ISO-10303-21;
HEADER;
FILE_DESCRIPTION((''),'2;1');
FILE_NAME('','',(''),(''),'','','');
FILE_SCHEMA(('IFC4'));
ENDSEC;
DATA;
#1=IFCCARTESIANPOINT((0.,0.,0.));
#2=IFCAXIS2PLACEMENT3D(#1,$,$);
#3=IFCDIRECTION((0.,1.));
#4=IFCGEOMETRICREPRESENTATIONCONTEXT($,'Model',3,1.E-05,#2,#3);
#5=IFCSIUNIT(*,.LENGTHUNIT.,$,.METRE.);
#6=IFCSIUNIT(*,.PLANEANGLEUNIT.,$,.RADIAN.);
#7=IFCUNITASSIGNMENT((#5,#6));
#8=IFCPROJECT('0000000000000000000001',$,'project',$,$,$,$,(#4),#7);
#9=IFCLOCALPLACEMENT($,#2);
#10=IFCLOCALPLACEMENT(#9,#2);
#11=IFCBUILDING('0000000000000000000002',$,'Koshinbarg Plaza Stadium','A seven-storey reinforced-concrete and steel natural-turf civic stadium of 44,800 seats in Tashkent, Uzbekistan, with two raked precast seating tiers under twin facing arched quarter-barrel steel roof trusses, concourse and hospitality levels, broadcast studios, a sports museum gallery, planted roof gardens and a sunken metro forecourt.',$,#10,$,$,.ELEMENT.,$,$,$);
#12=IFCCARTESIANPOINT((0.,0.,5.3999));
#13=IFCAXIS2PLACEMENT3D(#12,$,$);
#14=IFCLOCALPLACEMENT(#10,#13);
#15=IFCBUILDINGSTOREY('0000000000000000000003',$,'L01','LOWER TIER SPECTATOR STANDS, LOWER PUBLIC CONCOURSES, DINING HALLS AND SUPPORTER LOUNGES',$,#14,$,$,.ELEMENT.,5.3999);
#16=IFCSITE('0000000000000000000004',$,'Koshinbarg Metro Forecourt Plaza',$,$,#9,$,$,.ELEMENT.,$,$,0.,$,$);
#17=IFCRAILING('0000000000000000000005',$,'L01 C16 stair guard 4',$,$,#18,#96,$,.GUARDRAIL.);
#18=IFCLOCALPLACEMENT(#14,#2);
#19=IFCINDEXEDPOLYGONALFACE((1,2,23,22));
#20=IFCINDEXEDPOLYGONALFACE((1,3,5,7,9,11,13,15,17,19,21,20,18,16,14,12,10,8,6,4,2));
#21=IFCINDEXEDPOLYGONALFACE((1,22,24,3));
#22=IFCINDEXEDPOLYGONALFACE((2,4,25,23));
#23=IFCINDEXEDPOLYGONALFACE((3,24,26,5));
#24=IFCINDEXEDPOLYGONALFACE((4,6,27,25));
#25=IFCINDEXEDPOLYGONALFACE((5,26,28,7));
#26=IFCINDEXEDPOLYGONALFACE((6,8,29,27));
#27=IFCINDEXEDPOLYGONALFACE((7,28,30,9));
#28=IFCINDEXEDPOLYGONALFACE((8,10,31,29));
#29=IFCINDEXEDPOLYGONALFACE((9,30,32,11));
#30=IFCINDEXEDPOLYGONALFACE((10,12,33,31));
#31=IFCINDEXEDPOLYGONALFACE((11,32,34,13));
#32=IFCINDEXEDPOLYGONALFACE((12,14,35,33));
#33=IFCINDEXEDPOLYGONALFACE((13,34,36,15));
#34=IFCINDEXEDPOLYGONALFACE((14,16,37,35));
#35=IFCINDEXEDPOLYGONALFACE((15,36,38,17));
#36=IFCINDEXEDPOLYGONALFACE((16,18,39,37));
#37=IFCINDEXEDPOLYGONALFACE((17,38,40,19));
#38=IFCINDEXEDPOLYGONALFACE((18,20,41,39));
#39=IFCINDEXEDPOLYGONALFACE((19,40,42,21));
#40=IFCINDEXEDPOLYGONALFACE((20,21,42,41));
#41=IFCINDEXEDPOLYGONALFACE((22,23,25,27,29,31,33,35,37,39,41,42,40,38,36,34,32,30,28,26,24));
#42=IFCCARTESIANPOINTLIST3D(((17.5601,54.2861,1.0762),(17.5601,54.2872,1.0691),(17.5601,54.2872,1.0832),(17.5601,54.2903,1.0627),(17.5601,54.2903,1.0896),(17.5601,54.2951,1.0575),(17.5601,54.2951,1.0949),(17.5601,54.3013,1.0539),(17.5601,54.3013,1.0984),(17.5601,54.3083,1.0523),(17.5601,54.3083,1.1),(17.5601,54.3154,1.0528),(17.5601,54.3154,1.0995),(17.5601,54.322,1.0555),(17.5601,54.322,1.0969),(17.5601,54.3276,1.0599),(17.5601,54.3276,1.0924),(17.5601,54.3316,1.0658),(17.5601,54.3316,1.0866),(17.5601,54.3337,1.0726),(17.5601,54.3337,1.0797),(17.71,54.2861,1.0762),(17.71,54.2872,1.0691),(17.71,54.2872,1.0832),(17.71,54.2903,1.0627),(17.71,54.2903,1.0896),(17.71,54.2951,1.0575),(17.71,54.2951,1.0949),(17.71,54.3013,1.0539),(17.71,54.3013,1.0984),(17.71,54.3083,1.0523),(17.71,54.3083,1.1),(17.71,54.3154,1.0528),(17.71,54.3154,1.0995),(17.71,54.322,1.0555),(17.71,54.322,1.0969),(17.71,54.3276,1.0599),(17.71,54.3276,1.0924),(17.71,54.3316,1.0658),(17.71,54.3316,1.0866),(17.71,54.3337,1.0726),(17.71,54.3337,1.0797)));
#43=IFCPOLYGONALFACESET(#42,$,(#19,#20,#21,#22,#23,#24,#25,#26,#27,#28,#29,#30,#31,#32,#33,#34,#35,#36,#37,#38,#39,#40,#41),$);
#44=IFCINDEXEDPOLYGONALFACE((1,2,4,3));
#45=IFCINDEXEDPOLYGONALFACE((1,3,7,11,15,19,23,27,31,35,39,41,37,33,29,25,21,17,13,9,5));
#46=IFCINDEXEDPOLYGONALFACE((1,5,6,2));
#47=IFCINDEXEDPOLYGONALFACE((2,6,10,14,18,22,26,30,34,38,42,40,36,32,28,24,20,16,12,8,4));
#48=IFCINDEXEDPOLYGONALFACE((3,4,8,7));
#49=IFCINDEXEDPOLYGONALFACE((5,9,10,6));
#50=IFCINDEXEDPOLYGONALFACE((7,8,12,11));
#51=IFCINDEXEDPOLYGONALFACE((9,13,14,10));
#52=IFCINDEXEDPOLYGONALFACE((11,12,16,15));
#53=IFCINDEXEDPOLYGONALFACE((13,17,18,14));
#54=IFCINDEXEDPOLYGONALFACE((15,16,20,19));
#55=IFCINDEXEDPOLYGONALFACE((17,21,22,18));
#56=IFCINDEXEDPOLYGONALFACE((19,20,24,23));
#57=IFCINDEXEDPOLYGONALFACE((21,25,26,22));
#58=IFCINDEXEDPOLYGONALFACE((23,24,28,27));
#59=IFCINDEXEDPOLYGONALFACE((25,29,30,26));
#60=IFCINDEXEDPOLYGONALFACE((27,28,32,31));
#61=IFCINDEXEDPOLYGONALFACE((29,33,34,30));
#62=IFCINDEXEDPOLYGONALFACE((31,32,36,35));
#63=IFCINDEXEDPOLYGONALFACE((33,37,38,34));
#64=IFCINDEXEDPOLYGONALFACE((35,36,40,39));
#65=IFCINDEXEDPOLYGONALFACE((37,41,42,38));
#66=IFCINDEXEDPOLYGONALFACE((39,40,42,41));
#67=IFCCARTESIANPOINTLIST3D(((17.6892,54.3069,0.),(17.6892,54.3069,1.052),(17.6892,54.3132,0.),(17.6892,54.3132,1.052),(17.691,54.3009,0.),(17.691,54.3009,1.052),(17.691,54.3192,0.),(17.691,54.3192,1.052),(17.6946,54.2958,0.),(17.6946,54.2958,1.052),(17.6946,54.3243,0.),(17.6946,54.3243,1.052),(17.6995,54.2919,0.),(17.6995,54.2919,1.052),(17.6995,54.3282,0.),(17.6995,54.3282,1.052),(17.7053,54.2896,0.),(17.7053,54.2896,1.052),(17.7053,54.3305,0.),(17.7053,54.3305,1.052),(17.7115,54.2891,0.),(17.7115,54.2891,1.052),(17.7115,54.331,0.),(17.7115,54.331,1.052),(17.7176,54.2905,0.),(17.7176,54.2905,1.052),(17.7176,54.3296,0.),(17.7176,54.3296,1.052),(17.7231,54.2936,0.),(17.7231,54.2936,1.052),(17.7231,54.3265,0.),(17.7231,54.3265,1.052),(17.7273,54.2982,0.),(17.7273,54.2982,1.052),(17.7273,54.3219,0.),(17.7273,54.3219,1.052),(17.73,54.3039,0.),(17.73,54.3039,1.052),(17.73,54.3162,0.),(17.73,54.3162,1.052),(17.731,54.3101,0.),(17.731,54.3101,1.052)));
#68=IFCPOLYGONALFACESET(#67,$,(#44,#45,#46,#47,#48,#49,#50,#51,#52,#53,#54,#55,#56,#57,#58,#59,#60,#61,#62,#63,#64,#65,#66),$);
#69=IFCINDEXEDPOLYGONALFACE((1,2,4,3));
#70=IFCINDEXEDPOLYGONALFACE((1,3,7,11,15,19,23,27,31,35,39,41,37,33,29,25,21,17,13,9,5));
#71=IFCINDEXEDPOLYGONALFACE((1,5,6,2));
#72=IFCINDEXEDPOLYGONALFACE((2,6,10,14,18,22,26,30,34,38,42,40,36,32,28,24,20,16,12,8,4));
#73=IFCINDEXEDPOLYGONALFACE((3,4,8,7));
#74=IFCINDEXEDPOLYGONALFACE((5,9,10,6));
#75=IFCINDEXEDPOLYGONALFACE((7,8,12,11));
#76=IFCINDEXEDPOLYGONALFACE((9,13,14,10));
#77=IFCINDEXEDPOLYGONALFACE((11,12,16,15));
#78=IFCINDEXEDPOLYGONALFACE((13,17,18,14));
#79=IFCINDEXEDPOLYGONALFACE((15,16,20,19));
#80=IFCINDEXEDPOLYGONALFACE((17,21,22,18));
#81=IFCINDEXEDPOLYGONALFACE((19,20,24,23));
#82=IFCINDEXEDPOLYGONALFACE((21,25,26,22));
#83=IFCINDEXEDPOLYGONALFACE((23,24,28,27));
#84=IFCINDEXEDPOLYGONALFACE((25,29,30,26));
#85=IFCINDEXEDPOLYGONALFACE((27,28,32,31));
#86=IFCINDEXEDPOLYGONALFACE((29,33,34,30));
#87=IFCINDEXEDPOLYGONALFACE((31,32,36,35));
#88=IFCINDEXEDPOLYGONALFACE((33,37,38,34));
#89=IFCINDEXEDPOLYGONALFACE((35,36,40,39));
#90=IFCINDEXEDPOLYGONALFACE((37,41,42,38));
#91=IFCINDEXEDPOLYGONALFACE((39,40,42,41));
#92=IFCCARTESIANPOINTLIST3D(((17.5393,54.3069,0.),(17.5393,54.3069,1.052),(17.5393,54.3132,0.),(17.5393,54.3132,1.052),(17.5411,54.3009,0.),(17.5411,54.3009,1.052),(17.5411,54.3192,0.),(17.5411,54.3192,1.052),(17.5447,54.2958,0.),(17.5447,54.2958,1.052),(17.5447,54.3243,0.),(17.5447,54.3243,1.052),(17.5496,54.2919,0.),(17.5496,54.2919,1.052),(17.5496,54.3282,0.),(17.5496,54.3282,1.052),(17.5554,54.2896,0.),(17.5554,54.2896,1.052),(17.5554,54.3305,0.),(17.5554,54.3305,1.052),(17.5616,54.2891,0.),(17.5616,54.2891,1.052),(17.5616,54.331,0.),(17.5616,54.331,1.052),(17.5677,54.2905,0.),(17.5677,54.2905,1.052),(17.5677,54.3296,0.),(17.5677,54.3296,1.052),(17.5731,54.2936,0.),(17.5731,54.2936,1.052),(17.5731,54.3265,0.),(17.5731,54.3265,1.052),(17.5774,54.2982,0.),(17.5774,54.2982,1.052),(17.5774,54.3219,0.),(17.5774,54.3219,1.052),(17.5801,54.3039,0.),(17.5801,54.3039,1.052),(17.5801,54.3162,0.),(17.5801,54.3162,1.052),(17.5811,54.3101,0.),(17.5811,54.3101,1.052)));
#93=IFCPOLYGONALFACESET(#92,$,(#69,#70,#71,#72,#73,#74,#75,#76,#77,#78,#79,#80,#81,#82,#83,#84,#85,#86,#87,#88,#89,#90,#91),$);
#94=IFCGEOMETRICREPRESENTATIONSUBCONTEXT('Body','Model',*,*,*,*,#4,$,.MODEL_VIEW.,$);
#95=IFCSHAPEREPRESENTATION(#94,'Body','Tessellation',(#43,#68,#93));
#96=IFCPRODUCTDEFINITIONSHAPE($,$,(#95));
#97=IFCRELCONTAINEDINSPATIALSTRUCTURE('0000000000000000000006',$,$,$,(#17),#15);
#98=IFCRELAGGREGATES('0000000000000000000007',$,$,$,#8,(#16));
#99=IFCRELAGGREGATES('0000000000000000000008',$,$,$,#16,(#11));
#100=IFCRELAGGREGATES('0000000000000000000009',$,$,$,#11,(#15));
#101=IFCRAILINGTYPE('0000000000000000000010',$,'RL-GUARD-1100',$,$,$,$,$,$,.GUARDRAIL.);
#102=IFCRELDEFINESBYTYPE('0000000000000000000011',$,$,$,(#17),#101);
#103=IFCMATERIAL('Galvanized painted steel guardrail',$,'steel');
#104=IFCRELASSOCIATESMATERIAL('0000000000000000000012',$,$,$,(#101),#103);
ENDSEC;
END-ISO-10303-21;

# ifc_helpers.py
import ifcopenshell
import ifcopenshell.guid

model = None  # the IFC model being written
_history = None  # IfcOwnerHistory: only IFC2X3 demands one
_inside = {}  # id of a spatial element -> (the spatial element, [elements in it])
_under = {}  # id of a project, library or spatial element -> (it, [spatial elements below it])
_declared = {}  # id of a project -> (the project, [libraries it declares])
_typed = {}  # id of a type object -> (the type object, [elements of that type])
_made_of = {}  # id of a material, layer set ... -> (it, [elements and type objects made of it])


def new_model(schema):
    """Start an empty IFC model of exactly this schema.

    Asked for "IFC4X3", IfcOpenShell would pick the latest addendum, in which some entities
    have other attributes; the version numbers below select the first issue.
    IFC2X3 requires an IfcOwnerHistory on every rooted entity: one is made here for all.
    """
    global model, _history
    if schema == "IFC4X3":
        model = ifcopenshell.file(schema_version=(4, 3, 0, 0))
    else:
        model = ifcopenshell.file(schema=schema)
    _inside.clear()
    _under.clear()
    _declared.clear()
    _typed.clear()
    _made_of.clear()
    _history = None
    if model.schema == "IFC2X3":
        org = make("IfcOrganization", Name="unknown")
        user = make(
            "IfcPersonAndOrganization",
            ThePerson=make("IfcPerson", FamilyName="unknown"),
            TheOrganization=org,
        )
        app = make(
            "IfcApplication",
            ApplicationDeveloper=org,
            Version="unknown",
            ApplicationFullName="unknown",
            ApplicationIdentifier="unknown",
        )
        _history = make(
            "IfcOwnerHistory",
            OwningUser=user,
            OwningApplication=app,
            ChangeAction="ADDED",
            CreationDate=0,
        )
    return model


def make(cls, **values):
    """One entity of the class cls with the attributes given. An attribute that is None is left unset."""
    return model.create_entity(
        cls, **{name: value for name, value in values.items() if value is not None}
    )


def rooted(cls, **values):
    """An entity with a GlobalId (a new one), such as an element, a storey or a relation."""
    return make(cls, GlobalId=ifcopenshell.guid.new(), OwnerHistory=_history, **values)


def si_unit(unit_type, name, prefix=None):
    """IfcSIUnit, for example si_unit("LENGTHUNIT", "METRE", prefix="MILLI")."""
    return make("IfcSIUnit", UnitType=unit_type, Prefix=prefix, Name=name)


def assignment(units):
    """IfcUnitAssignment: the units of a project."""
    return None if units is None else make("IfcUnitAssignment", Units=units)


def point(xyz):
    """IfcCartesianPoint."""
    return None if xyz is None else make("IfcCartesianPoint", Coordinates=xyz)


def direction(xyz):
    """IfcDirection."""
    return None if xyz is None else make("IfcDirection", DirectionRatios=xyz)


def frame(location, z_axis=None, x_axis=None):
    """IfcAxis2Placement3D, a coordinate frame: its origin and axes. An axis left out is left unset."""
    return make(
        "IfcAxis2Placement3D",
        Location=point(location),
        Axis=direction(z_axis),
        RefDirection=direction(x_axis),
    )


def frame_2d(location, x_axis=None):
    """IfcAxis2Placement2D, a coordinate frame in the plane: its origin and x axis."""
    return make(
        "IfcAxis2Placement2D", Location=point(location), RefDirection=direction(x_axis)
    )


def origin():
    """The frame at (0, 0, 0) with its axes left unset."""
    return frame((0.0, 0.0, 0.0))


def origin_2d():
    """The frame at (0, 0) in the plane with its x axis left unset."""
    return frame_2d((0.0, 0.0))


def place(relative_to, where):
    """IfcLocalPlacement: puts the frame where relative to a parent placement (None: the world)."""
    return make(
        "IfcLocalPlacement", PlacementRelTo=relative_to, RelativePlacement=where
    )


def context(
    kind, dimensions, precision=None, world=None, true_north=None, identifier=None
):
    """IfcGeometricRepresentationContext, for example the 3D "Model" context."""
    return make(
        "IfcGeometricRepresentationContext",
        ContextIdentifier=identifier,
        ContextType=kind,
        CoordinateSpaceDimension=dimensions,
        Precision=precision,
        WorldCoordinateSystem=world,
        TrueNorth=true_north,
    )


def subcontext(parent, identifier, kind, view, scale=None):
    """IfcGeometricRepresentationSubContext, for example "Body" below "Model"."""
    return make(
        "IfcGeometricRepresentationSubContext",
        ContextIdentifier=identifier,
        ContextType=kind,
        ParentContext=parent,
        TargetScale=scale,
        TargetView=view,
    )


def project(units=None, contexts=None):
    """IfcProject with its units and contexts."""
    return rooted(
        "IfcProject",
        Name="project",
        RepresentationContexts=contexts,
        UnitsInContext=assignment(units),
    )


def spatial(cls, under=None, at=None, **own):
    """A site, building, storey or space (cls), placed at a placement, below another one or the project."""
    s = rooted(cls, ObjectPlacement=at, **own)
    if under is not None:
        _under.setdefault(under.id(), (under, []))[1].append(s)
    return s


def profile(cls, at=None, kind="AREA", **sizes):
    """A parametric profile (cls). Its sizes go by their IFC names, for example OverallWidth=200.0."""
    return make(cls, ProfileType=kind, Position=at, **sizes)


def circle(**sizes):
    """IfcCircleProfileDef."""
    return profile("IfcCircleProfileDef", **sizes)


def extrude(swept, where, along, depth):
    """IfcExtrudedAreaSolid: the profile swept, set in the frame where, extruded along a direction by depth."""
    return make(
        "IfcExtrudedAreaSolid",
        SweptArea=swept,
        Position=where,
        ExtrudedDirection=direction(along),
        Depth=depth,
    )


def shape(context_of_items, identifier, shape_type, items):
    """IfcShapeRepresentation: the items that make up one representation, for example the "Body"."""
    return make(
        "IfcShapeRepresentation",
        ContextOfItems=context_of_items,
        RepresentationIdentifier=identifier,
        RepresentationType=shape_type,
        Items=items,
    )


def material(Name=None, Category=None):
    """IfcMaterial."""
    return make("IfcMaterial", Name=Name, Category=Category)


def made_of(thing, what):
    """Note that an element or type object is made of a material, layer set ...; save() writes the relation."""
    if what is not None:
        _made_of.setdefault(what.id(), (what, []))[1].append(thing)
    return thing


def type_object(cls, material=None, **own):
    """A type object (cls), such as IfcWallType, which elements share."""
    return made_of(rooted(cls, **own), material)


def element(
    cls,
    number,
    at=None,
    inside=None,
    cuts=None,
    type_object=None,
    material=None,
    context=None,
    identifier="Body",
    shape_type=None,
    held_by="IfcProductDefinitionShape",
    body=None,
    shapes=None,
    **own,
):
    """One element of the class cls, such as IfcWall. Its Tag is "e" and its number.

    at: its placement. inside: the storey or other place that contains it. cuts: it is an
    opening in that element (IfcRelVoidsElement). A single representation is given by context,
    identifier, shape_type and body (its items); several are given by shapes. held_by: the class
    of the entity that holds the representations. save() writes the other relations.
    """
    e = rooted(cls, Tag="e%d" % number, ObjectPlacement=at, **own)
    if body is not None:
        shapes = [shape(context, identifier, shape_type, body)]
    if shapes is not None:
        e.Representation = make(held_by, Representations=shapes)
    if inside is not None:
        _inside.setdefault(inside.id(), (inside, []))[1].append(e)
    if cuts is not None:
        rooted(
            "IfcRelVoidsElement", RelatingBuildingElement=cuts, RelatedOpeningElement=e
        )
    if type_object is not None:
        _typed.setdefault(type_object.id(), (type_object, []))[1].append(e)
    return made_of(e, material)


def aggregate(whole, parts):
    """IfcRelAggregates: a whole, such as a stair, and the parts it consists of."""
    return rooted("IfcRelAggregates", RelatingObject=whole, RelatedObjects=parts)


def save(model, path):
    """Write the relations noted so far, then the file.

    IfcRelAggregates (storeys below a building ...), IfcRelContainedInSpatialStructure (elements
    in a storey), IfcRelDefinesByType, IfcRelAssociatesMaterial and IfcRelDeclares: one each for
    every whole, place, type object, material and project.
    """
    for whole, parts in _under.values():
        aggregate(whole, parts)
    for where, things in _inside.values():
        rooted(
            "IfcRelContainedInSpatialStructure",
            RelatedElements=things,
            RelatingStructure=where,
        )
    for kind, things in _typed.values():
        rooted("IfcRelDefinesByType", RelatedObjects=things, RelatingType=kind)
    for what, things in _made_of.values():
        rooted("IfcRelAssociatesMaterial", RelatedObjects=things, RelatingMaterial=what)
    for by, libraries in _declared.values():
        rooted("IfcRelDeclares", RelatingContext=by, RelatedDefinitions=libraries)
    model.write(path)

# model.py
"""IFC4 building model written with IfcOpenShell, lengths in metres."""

from ifc_helpers import new_model, si_unit, direction, frame, origin, origin_2d, place, context, subcontext, project, spatial, circle, extrude, material, type_object, element, save


model = new_model("IFC4")

# Units and contexts
model_context = context("Model", 3, precision=1e-05, world=origin(), true_north=direction((0.0, 1.0)))
body_context = subcontext(model_context, "Body", "Model", "MODEL_VIEW")
ifc_project = project(units=[si_unit("LENGTHUNIT", "METRE"), si_unit("PLANEANGLEUNIT", "RADIAN")], contexts=[model_context])

# Site, building, storey
site_placement = place(None, origin())
site = spatial("IfcSite", under=ifc_project, at=site_placement, Name="Koshinbarg Metro Forecourt Plaza", CompositionType="ELEMENT", RefElevation=0.0)
building_placement = place(site_placement, origin())
building = spatial("IfcBuilding", under=site, at=building_placement, Name="Koshinbarg Plaza Stadium", Description="A seven-storey reinforced-concrete and steel natural-turf civic stadium of 44,800 seats in Tashkent, Uzbekistan, with two raked precast seating tiers under twin facing arched quarter-barrel steel roof trusses, concourse and hospitality levels, broadcast studios, a sports museum gallery, planted roof gardens and a sunken metro forecourt.", CompositionType="ELEMENT")
storey_placement = place(building_placement, frame((0.0, 0.0, 5.3999)))
storey = spatial("IfcBuildingStorey", under=building, at=storey_placement, Name="L01", Description="LOWER TIER SPECTATOR STANDS, LOWER PUBLIC CONCOURSES, DINING HALLS AND SUPPORTER LOUNGES", CompositionType="ELEMENT", Elevation=5.3999)

# Railing
ifc_material_1 = material(Name="Galvanized painted steel guardrail", Category="steel")
railing_type_1 = type_object("IfcRailingType", Name="RL-GUARD-1100", PredefinedType="GUARDRAIL", material=ifc_material_1)
railing_1_placement = place(storey_placement, frame((17.71, 54.3101, 0.0)))
element("IfcRailing", 1, at=railing_1_placement, inside=storey, type_object=railing_type_1, Name="L01 C16 stair guard 4", PredefinedType="GUARDRAIL", context=body_context, shape_type="SweptSolid", body=[
    extrude(circle(Radius=0.0239, at=origin_2d()), frame((0.0, 0.0, 1.0762), z_axis=(-1.0, 0.0, 0.0), x_axis=(0.0, -1.0, 0.0)), (0.0, 0.0, 1.0), 0.1499),
    extrude(circle(Radius=0.021, at=origin_2d()), origin(), (0.0, 0.0, 1.0), 1.052),
    extrude(circle(Radius=0.021, at=origin_2d()), frame((-0.1499, 0.0, 0.0)), (0.0, 0.0, 1.0), 1.052),
])

save(model, "model.ifc")
